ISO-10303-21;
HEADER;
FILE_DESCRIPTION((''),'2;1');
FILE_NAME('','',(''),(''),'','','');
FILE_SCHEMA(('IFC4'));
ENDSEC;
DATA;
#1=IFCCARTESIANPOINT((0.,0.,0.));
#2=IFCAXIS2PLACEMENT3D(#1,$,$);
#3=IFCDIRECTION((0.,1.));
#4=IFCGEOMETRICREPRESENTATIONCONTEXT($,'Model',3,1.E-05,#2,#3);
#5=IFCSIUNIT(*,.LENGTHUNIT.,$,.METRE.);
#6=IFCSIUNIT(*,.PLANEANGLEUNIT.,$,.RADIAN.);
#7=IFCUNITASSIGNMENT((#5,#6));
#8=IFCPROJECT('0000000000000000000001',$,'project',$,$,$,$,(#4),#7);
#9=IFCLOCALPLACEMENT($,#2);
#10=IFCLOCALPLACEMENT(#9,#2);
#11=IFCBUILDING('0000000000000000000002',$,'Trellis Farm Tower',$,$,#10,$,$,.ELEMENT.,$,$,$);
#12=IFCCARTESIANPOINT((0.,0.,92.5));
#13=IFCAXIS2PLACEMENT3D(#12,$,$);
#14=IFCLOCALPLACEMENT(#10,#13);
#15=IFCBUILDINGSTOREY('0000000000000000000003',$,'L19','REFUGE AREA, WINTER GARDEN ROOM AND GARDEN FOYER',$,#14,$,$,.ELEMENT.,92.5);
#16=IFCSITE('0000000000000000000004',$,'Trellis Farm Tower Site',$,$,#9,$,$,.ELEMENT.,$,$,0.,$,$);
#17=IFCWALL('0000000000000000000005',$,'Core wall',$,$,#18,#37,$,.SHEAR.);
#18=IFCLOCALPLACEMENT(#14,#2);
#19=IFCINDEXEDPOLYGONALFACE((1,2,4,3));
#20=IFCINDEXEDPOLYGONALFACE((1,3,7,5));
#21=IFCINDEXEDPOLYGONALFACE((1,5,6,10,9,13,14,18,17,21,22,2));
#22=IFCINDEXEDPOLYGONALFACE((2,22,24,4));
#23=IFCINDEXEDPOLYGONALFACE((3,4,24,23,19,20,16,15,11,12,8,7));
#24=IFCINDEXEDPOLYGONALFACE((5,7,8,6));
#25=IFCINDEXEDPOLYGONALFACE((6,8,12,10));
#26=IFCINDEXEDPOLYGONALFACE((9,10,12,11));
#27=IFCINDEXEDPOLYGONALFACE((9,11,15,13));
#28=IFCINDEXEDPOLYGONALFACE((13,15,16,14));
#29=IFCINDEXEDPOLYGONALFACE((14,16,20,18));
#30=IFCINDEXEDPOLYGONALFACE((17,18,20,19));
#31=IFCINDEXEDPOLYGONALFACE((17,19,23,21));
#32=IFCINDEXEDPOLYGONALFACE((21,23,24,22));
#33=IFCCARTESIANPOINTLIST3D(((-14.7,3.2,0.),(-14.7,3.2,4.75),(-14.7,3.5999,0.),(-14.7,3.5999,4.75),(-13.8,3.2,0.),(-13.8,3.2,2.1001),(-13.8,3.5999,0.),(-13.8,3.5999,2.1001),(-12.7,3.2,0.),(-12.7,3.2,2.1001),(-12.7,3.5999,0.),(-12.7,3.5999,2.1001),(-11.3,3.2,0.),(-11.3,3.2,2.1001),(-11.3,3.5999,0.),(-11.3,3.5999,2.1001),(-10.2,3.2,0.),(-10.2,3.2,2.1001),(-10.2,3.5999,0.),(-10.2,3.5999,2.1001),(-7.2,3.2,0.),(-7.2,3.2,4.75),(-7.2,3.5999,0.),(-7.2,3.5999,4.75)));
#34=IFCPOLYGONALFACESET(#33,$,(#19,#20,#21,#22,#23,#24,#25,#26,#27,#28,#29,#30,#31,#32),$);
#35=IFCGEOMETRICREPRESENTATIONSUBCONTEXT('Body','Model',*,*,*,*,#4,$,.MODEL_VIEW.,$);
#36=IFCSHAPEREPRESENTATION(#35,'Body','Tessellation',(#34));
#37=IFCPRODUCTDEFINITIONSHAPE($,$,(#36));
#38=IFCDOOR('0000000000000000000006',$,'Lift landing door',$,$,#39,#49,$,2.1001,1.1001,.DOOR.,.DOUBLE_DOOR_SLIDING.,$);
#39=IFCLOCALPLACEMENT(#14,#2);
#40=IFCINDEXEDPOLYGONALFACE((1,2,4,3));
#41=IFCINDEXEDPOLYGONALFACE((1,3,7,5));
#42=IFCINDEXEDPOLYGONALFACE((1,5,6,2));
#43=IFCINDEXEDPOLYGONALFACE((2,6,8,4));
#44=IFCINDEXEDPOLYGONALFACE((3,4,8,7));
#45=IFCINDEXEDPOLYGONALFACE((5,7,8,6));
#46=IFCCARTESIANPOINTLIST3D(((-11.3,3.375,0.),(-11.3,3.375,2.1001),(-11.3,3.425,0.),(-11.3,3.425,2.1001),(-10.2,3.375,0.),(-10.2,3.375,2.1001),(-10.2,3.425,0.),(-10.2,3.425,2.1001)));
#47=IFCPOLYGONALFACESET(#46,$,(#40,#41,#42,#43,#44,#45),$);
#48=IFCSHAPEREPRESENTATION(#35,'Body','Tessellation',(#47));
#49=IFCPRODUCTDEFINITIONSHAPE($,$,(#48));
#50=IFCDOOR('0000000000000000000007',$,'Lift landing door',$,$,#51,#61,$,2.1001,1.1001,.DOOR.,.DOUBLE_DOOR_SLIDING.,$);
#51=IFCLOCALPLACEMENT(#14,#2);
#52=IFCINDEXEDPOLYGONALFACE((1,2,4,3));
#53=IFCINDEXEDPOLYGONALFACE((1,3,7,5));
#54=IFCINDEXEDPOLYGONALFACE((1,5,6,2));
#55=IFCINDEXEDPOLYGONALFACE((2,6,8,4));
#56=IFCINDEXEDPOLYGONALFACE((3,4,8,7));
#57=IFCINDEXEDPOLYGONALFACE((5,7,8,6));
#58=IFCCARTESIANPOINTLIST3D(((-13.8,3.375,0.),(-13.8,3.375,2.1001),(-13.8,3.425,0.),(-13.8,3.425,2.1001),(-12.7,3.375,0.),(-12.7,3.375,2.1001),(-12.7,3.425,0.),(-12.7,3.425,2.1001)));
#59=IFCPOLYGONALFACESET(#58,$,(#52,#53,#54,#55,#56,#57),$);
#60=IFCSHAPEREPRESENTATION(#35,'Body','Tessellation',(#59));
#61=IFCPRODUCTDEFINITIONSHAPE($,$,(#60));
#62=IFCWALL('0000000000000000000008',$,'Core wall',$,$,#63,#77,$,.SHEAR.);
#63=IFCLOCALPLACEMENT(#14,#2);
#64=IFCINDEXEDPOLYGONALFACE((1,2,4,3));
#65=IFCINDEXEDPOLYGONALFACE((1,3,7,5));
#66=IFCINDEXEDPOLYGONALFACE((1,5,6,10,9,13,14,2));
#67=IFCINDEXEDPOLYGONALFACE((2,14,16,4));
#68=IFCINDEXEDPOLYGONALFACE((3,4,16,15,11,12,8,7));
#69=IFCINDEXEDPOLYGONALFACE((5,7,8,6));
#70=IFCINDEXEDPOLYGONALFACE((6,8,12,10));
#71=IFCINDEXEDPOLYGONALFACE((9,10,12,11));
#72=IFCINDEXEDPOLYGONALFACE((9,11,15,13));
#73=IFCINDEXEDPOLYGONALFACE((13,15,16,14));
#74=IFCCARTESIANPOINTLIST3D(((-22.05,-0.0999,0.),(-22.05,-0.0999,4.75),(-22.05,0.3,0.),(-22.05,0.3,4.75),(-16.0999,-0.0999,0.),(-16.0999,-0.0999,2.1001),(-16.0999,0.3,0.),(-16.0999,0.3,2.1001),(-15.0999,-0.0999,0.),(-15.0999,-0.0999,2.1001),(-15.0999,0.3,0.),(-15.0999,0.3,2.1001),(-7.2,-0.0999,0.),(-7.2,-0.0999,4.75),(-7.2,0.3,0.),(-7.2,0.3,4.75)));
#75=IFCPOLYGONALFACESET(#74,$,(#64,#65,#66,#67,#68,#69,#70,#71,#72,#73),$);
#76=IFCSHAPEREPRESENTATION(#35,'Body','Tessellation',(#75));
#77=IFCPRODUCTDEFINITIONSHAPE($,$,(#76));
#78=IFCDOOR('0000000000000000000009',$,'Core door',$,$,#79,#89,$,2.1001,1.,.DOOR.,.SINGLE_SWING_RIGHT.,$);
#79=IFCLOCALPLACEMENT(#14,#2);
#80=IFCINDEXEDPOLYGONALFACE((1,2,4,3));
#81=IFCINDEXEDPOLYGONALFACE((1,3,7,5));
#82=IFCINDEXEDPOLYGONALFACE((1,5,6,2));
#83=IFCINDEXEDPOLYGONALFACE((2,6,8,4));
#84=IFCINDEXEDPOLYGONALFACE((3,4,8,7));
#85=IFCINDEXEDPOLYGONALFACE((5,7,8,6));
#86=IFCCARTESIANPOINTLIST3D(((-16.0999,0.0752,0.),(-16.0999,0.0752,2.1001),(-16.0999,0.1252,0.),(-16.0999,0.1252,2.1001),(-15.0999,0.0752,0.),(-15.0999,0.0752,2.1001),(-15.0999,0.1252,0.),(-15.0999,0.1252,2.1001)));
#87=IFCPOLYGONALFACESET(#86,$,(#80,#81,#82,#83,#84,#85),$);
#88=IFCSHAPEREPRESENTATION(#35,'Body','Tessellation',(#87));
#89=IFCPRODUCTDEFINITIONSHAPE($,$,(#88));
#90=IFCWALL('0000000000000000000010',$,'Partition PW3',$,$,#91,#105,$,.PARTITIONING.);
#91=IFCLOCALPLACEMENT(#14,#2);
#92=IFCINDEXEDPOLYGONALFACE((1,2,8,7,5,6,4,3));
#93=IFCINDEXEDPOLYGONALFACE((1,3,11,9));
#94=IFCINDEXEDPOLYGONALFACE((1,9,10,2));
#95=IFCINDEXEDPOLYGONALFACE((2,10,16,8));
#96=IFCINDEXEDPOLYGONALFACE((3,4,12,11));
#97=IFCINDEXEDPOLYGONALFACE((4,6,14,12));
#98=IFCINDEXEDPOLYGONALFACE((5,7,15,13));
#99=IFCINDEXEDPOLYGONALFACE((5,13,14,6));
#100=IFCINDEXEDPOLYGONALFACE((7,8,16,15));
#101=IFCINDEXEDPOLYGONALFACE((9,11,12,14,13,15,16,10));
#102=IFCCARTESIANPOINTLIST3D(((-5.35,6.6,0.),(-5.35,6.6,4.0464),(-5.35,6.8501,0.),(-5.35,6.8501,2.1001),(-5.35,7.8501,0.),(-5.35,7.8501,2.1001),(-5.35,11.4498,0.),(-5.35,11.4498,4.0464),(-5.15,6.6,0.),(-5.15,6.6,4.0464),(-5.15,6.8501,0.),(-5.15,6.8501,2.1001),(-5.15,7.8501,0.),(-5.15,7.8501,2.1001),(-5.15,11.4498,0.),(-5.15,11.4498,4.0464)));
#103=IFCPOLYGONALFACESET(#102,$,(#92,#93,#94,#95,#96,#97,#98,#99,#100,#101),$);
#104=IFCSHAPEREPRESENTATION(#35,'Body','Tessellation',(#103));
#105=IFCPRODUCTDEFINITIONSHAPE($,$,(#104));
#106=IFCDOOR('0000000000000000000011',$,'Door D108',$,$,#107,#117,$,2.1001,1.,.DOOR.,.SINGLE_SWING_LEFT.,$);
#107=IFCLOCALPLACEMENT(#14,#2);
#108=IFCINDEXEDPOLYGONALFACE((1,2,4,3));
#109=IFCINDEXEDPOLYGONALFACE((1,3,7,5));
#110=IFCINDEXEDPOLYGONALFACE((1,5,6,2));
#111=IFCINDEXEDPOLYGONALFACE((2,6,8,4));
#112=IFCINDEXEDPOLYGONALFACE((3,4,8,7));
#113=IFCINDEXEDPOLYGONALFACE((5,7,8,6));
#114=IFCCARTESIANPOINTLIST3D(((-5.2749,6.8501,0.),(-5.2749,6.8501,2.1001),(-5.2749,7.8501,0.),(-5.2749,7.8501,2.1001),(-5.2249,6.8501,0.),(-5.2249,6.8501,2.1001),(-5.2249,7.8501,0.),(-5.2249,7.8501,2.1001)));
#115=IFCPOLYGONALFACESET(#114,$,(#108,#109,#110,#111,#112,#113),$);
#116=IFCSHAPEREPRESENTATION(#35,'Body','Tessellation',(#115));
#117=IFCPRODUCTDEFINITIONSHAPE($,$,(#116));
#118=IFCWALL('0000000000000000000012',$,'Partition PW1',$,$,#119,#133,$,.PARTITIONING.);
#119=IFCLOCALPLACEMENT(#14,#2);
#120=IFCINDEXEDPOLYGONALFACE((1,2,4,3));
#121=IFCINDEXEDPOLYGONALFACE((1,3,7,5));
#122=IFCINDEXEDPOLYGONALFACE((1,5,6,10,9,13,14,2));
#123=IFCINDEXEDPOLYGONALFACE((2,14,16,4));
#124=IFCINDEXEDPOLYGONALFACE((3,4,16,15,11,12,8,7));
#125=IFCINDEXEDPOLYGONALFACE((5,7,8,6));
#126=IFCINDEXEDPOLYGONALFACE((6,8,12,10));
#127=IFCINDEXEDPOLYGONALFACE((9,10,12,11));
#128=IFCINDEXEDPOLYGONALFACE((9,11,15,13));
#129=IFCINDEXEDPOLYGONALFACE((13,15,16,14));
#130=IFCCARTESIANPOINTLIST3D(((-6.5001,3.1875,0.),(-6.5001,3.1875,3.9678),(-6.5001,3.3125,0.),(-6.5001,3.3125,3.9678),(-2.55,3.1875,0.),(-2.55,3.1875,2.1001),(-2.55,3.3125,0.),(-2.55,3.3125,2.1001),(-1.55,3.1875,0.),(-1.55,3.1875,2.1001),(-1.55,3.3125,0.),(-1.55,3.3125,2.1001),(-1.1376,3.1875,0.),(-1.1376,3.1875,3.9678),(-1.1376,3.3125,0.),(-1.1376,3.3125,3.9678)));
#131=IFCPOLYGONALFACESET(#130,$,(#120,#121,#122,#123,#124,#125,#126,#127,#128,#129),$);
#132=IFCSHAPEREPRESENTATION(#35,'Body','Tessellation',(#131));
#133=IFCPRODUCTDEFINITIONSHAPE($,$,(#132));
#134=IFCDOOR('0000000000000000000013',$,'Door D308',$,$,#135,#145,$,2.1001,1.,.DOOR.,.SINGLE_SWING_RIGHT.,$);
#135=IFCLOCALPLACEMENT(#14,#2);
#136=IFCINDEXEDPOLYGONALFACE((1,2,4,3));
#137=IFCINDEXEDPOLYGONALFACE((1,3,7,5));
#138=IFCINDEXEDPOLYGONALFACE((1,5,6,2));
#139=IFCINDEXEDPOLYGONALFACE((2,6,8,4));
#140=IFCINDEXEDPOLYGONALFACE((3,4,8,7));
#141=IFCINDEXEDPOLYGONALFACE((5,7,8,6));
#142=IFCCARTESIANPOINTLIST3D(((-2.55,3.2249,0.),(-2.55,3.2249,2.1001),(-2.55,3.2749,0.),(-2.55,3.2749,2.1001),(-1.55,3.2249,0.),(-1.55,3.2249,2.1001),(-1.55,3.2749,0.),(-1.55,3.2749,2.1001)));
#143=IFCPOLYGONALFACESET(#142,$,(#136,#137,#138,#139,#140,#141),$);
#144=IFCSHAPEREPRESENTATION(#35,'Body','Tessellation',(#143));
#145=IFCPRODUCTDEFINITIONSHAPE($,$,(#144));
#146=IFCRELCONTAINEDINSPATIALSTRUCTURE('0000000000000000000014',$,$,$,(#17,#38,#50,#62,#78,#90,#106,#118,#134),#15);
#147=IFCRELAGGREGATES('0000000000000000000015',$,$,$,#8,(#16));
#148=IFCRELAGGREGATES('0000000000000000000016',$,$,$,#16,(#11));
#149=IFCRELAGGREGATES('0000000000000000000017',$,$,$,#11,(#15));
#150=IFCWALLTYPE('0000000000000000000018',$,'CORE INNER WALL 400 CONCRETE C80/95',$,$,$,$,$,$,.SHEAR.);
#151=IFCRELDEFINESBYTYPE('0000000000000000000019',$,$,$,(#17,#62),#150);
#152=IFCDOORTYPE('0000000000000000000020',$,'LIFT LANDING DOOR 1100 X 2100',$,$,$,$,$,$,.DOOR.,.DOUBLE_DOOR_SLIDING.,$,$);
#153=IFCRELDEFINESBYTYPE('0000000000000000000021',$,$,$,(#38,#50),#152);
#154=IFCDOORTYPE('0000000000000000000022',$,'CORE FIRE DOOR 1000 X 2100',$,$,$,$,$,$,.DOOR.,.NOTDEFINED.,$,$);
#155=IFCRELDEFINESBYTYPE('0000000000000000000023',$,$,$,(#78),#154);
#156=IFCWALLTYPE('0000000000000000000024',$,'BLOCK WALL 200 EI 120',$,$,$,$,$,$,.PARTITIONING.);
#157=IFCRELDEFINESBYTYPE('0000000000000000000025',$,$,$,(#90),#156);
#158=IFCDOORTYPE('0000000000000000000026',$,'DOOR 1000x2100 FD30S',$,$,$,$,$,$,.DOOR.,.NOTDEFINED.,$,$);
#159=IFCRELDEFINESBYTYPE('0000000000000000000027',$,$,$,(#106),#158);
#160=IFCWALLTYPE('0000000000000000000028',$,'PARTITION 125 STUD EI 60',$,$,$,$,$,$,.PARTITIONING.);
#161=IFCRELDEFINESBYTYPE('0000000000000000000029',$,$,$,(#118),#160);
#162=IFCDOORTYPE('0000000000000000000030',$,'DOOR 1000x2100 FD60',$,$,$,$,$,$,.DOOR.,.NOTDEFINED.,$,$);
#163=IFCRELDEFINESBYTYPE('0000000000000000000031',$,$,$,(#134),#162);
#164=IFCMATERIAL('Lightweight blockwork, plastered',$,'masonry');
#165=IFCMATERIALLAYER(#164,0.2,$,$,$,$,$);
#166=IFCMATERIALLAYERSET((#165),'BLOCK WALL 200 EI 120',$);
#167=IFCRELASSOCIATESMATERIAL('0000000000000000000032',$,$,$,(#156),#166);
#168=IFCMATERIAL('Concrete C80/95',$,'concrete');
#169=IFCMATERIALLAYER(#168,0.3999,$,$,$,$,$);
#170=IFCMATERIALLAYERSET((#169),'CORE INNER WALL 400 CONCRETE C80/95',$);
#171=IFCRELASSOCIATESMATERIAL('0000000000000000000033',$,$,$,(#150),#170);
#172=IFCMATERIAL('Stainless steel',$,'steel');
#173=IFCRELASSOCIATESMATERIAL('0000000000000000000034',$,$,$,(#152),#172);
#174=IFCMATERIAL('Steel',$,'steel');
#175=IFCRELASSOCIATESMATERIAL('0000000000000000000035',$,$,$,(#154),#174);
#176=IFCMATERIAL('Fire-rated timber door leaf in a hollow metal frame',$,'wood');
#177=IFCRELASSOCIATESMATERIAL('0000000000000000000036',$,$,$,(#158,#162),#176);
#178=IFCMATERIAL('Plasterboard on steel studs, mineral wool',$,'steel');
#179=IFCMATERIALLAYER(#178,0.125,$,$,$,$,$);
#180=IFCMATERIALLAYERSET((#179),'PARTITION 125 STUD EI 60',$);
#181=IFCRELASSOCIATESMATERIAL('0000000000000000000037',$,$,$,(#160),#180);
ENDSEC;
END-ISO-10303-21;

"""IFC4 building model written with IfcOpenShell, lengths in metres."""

from ifc_helpers import new_model, si_unit, direction, frame, frame_2d, origin, place, context, subcontext, project, spatial, rectangle, extrude, source, transform, mapped, material, layer, layer_set, type_object, element, fill, save


model = new_model("IFC4")

# Units and contexts
model_context = context("Model", 3, precision=1e-05, world=origin(), true_north=direction((0.0, 1.0)))
body_context = subcontext(model_context, "Body", "Model", "MODEL_VIEW")
ifc_project = project(units=[si_unit("LENGTHUNIT", "METRE"), si_unit("PLANEANGLEUNIT", "RADIAN")], contexts=[model_context])

# Site, building, storey
site_placement = place(None, origin())
site = spatial("IfcSite", under=ifc_project, at=site_placement, Name="Trellis Farm Tower Site", CompositionType="ELEMENT", RefElevation=0.0)
building_placement = place(site_placement, origin())
building = spatial("IfcBuilding", under=site, at=building_placement, Name="Trellis Farm Tower", CompositionType="ELEMENT")
storey_placement = place(building_placement, frame((0.0, 0.0, 92.5)))
storey = spatial("IfcBuildingStorey", under=building, at=storey_placement, Name="L19", Description="REFUGE AREA, WINTER GARDEN ROOM AND GARDEN FOYER", CompositionType="ELEMENT", Elevation=92.5)

# Shared definitions
ifc_material_1 = material(Name="Concrete C80/95", Category="concrete")

# Shared definitions
ifc_material_2 = material(Name="Lightweight blockwork, plastered", Category="masonry")
ifc_layer_1 = layer(ifc_material_2, 0.2)
ifc_layer_set_1 = layer_set([ifc_layer_1], Name="BLOCK WALL 200 EI 120")
wall_type_1 = type_object("IfcWallType", Name="BLOCK WALL 200 EI 120", PredefinedType="PARTITIONING", material=ifc_layer_set_1)

# Shared definitions
ifc_material_3 = material(Name="Steel", Category="steel")

# Shared definitions
ifc_layer_2 = layer(ifc_material_1, 0.3999)
ifc_layer_set_2 = layer_set([ifc_layer_2], Name="CORE INNER WALL 400 CONCRETE C80/95")
wall_type_2 = type_object("IfcWallType", Name="CORE INNER WALL 400 CONCRETE C80/95", PredefinedType="SHEAR", material=ifc_layer_set_2)

# Wall, openings, doors
shared_shape_1 = source(origin(), body_context, "Body", "SweptSolid", [
    extrude(rectangle(XDim=7.5, YDim=0.3999, at=frame_2d((3.75, 0.0))), origin(), (0.0, 0.0, 1.0), 4.75),
])
wall_1_placement = place(storey_placement, frame((-7.2, 3.3999, 0.0), z_axis=(0.0, 0.0, 1.0), x_axis=(-1.0, 0.0, 0.0)))
wall_1 = element("IfcWall", 1, at=wall_1_placement, inside=storey, type_object=wall_type_2, Name="Core wall", PredefinedType="SHEAR", context=body_context, shape_type="MappedRepresentation", body=[
    mapped(shared_shape_1, transform((0.0, 0.0, 0.0))),
])
shared_shape_2 = source(origin(), body_context, "Body", "SweptSolid", [
    extrude(rectangle(XDim=1.1001, YDim=2.1001, at=frame_2d((0.55, 1.05))), frame((0.0, 0.21, 0.0), z_axis=(0.0, -1.0, 0.0), x_axis=(1.0, 0.0, 0.0)), (0.0, 0.0, 1.0), 0.4199),
])
opening_1_placement = place(wall_1_placement, frame((3.0, 0.0, 0.0)))
opening_1 = element("IfcOpeningElement", 2, at=opening_1_placement, cuts=wall_1, PredefinedType="OPENING", context=body_context, shape_type="MappedRepresentation", body=[
    mapped(shared_shape_2, transform((0.0, 0.0, 0.0))),
])
opening_2_placement = place(wall_1_placement, frame((5.5, 0.0, 0.0)))
opening_2 = element("IfcOpeningElement", 3, at=opening_2_placement, cuts=wall_1, PredefinedType="OPENING", context=body_context, shape_type="MappedRepresentation", body=[
    mapped(shared_shape_2, transform((0.0, 0.0, 0.0))),
])
ifc_material_4 = material(Name="Stainless steel", Category="steel")
door_type_1 = type_object("IfcDoorType", Name="LIFT LANDING DOOR 1100 X 2100", OperationType="DOUBLE_DOOR_SLIDING", PredefinedType="DOOR", material=ifc_material_4)
shared_shape_3 = source(origin(), body_context, "Body", "SweptSolid", [
    extrude(rectangle(XDim=1.1001, YDim=2.1001, at=frame_2d((0.55, 1.05))), frame((0.0, 0.0249, 0.0), z_axis=(0.0, -1.0, 0.0), x_axis=(1.0, 0.0, 0.0)), (0.0, 0.0, 1.0), 0.05),
])
door_1_placement = place(opening_1_placement, origin())
door_1 = element("IfcDoor", 4, at=door_1_placement, inside=storey, type_object=door_type_1, Name="Lift landing door", OperationType="DOUBLE_DOOR_SLIDING", OverallHeight=2.1001, OverallWidth=1.1001, PredefinedType="DOOR", context=body_context, shape_type="MappedRepresentation", body=[
    mapped(shared_shape_3, transform((0.0, 0.0, 0.0))),
])
fill(opening_1, door_1)
door_2_placement = place(opening_2_placement, origin())
door_2 = element("IfcDoor", 5, at=door_2_placement, inside=storey, type_object=door_type_1, Name="Lift landing door", OperationType="DOUBLE_DOOR_SLIDING", OverallHeight=2.1001, OverallWidth=1.1001, PredefinedType="DOOR", context=body_context, shape_type="MappedRepresentation", body=[
    mapped(shared_shape_3, transform((0.0, 0.0, 0.0))),
])
fill(opening_2, door_2)

# Walls, openings, doors
shared_shape_4 = source(origin(), body_context, "Body", "SweptSolid", [
    extrude(rectangle(XDim=14.8501, YDim=0.3999, at=frame_2d((7.425, 0.0))), origin(), (0.0, 0.0, 1.0), 4.75),
])
wall_2_placement = place(storey_placement, frame((-7.2, 0.1001, 0.0), z_axis=(0.0, 0.0, 1.0), x_axis=(-1.0, 0.0, 0.0)))
wall_2 = element("IfcWall", 6, at=wall_2_placement, inside=storey, type_object=wall_type_2, Name="Core wall", PredefinedType="SHEAR", context=body_context, shape_type="MappedRepresentation", body=[
    mapped(shared_shape_4, transform((0.0, 0.0, 0.0))),
])
shared_shape_5 = source(origin(), body_context, "Body", "SweptSolid", [
    extrude(rectangle(XDim=1.0, YDim=2.1001, at=frame_2d((0.5, 1.05))), frame((0.0, 0.21, 0.0), z_axis=(0.0, -1.0, 0.0), x_axis=(1.0, 0.0, 0.0)), (0.0, 0.0, 1.0), 0.4199),
])
opening_3_placement = place(wall_2_placement, frame((7.8999, 0.0, 0.0)))
opening_3 = element("IfcOpeningElement", 7, at=opening_3_placement, cuts=wall_2, PredefinedType="OPENING", context=body_context, shape_type="MappedRepresentation", body=[
    mapped(shared_shape_5, transform((0.0, 0.0, 0.0))),
])
door_type_2 = type_object("IfcDoorType", Name="CORE FIRE DOOR 1000 X 2100", OperationType="NOTDEFINED", PredefinedType="DOOR", material=ifc_material_3)
shared_shape_6 = source(origin(), body_context, "Body", "SweptSolid", [
    extrude(rectangle(XDim=1.0, YDim=2.1001, at=frame_2d((0.5, 1.05))), frame((0.0, 0.0249, 0.0), z_axis=(0.0, -1.0, 0.0), x_axis=(1.0, 0.0, 0.0)), (0.0, 0.0, 1.0), 0.05),
])
door_3_placement = place(opening_3_placement, origin())
door_3 = element("IfcDoor", 8, at=door_3_placement, inside=storey, type_object=door_type_2, Name="Core door", OperationType="SINGLE_SWING_RIGHT", OverallHeight=2.1001, OverallWidth=1.0, PredefinedType="DOOR", context=body_context, shape_type="MappedRepresentation", body=[
    mapped(shared_shape_6, transform((0.0, 0.0, 0.0))),
])
fill(opening_3, door_3)
shared_shape_7 = source(origin(), body_context, "Body", "SweptSolid", [
    extrude(rectangle(XDim=4.8499, YDim=0.2, at=frame_2d((2.4248, 0.0))), origin(), (0.0, 0.0, 1.0), 4.0464),
])
wall_3_placement = place(storey_placement, frame((-5.25, 6.6001, 0.0), z_axis=(0.0, 0.0, 1.0), x_axis=(0.0, 1.0, 0.0)))
wall_3 = element("IfcWall", 9, at=wall_3_placement, inside=storey, type_object=wall_type_1, Name="Partition PW3", PredefinedType="PARTITIONING", context=body_context, shape_type="MappedRepresentation", body=[
    mapped(shared_shape_7, transform((0.0, 0.0, 0.0))),
])
shared_shape_8 = source(origin(), body_context, "Body", "SweptSolid", [
    extrude(rectangle(XDim=1.0, YDim=2.1001, at=frame_2d((0.5, 1.05))), frame((0.0, 0.1101, 0.0), z_axis=(0.0, -1.0, 0.0), x_axis=(1.0, 0.0, 0.0)), (0.0, 0.0, 1.0), 0.2202),
])
opening_4_placement = place(wall_3_placement, frame((0.25, 0.0, 0.0)))
opening_4 = element("IfcOpeningElement", 10, at=opening_4_placement, cuts=wall_3, PredefinedType="OPENING", context=body_context, shape_type="MappedRepresentation", body=[
    mapped(shared_shape_8, transform((0.0, 0.0, 0.0))),
])
ifc_material_5 = material(Name="Fire-rated timber door leaf in a hollow metal frame", Category="wood")
door_type_3 = type_object("IfcDoorType", Name="DOOR 1000x2100 FD30S", OperationType="NOTDEFINED", PredefinedType="DOOR", material=ifc_material_5)
door_4_placement = place(opening_4_placement, origin())
door_4 = element("IfcDoor", 11, at=door_4_placement, inside=storey, type_object=door_type_3, Name="Door D108", OperationType="SINGLE_SWING_LEFT", OverallHeight=2.1001, OverallWidth=1.0, PredefinedType="DOOR", context=body_context, shape_type="MappedRepresentation", body=[
    mapped(shared_shape_6, transform((0.0, 0.0, 0.0))),
])
fill(opening_4, door_4)
ifc_material_6 = material(Name="Plasterboard on steel studs, mineral wool", Category="steel")
ifc_layer_3 = layer(ifc_material_6, 0.125)
ifc_layer_set_3 = layer_set([ifc_layer_3], Name="PARTITION 125 STUD EI 60")
wall_type_3 = type_object("IfcWallType", Name="PARTITION 125 STUD EI 60", PredefinedType="PARTITIONING", material=ifc_layer_set_3)
shared_shape_9 = source(origin(), body_context, "Body", "SweptSolid", [
    extrude(rectangle(XDim=5.3625, YDim=0.125, at=frame_2d((2.6812, 0.0))), origin(), (0.0, 0.0, 1.0), 3.9678),
])
wall_4_placement = place(storey_placement, frame((-6.5, 3.25, 0.0), z_axis=(0.0, 0.0, 1.0), x_axis=(1.0, 0.0, 0.0)))
wall_4 = element("IfcWall", 12, at=wall_4_placement, inside=storey, type_object=wall_type_3, Name="Partition PW1", PredefinedType="PARTITIONING", context=body_context, shape_type="MappedRepresentation", body=[
    mapped(shared_shape_9, transform((0.0, 0.0, 0.0))),
])
shared_shape_10 = source(origin(), body_context, "Body", "SweptSolid", [
    extrude(rectangle(XDim=1.0, YDim=2.1001, at=frame_2d((0.5, 1.05))), frame((0.0, 0.0725, 0.0), z_axis=(0.0, -1.0, 0.0), x_axis=(1.0, 0.0, 0.0)), (0.0, 0.0, 1.0), 0.145),
])
opening_5_placement = place(wall_4_placement, frame((3.95, 0.0, 0.0)))
opening_5 = element("IfcOpeningElement", 13, at=opening_5_placement, cuts=wall_4, PredefinedType="OPENING", context=body_context, shape_type="MappedRepresentation", body=[
    mapped(shared_shape_10, transform((0.0, 0.0, 0.0))),
])
door_type_4 = type_object("IfcDoorType", Name="DOOR 1000x2100 FD60", OperationType="NOTDEFINED", PredefinedType="DOOR", material=ifc_material_5)
door_5_placement = place(opening_5_placement, origin())
door_5 = element("IfcDoor", 14, at=door_5_placement, inside=storey, type_object=door_type_4, Name="Door D308", OperationType="SINGLE_SWING_RIGHT", OverallHeight=2.1001, OverallWidth=1.0, PredefinedType="DOOR", context=body_context, shape_type="MappedRepresentation", body=[
    mapped(shared_shape_6, transform((0.0, 0.0, 0.0))),
])
fill(opening_5, door_5)

save(model, "model.ifc")
